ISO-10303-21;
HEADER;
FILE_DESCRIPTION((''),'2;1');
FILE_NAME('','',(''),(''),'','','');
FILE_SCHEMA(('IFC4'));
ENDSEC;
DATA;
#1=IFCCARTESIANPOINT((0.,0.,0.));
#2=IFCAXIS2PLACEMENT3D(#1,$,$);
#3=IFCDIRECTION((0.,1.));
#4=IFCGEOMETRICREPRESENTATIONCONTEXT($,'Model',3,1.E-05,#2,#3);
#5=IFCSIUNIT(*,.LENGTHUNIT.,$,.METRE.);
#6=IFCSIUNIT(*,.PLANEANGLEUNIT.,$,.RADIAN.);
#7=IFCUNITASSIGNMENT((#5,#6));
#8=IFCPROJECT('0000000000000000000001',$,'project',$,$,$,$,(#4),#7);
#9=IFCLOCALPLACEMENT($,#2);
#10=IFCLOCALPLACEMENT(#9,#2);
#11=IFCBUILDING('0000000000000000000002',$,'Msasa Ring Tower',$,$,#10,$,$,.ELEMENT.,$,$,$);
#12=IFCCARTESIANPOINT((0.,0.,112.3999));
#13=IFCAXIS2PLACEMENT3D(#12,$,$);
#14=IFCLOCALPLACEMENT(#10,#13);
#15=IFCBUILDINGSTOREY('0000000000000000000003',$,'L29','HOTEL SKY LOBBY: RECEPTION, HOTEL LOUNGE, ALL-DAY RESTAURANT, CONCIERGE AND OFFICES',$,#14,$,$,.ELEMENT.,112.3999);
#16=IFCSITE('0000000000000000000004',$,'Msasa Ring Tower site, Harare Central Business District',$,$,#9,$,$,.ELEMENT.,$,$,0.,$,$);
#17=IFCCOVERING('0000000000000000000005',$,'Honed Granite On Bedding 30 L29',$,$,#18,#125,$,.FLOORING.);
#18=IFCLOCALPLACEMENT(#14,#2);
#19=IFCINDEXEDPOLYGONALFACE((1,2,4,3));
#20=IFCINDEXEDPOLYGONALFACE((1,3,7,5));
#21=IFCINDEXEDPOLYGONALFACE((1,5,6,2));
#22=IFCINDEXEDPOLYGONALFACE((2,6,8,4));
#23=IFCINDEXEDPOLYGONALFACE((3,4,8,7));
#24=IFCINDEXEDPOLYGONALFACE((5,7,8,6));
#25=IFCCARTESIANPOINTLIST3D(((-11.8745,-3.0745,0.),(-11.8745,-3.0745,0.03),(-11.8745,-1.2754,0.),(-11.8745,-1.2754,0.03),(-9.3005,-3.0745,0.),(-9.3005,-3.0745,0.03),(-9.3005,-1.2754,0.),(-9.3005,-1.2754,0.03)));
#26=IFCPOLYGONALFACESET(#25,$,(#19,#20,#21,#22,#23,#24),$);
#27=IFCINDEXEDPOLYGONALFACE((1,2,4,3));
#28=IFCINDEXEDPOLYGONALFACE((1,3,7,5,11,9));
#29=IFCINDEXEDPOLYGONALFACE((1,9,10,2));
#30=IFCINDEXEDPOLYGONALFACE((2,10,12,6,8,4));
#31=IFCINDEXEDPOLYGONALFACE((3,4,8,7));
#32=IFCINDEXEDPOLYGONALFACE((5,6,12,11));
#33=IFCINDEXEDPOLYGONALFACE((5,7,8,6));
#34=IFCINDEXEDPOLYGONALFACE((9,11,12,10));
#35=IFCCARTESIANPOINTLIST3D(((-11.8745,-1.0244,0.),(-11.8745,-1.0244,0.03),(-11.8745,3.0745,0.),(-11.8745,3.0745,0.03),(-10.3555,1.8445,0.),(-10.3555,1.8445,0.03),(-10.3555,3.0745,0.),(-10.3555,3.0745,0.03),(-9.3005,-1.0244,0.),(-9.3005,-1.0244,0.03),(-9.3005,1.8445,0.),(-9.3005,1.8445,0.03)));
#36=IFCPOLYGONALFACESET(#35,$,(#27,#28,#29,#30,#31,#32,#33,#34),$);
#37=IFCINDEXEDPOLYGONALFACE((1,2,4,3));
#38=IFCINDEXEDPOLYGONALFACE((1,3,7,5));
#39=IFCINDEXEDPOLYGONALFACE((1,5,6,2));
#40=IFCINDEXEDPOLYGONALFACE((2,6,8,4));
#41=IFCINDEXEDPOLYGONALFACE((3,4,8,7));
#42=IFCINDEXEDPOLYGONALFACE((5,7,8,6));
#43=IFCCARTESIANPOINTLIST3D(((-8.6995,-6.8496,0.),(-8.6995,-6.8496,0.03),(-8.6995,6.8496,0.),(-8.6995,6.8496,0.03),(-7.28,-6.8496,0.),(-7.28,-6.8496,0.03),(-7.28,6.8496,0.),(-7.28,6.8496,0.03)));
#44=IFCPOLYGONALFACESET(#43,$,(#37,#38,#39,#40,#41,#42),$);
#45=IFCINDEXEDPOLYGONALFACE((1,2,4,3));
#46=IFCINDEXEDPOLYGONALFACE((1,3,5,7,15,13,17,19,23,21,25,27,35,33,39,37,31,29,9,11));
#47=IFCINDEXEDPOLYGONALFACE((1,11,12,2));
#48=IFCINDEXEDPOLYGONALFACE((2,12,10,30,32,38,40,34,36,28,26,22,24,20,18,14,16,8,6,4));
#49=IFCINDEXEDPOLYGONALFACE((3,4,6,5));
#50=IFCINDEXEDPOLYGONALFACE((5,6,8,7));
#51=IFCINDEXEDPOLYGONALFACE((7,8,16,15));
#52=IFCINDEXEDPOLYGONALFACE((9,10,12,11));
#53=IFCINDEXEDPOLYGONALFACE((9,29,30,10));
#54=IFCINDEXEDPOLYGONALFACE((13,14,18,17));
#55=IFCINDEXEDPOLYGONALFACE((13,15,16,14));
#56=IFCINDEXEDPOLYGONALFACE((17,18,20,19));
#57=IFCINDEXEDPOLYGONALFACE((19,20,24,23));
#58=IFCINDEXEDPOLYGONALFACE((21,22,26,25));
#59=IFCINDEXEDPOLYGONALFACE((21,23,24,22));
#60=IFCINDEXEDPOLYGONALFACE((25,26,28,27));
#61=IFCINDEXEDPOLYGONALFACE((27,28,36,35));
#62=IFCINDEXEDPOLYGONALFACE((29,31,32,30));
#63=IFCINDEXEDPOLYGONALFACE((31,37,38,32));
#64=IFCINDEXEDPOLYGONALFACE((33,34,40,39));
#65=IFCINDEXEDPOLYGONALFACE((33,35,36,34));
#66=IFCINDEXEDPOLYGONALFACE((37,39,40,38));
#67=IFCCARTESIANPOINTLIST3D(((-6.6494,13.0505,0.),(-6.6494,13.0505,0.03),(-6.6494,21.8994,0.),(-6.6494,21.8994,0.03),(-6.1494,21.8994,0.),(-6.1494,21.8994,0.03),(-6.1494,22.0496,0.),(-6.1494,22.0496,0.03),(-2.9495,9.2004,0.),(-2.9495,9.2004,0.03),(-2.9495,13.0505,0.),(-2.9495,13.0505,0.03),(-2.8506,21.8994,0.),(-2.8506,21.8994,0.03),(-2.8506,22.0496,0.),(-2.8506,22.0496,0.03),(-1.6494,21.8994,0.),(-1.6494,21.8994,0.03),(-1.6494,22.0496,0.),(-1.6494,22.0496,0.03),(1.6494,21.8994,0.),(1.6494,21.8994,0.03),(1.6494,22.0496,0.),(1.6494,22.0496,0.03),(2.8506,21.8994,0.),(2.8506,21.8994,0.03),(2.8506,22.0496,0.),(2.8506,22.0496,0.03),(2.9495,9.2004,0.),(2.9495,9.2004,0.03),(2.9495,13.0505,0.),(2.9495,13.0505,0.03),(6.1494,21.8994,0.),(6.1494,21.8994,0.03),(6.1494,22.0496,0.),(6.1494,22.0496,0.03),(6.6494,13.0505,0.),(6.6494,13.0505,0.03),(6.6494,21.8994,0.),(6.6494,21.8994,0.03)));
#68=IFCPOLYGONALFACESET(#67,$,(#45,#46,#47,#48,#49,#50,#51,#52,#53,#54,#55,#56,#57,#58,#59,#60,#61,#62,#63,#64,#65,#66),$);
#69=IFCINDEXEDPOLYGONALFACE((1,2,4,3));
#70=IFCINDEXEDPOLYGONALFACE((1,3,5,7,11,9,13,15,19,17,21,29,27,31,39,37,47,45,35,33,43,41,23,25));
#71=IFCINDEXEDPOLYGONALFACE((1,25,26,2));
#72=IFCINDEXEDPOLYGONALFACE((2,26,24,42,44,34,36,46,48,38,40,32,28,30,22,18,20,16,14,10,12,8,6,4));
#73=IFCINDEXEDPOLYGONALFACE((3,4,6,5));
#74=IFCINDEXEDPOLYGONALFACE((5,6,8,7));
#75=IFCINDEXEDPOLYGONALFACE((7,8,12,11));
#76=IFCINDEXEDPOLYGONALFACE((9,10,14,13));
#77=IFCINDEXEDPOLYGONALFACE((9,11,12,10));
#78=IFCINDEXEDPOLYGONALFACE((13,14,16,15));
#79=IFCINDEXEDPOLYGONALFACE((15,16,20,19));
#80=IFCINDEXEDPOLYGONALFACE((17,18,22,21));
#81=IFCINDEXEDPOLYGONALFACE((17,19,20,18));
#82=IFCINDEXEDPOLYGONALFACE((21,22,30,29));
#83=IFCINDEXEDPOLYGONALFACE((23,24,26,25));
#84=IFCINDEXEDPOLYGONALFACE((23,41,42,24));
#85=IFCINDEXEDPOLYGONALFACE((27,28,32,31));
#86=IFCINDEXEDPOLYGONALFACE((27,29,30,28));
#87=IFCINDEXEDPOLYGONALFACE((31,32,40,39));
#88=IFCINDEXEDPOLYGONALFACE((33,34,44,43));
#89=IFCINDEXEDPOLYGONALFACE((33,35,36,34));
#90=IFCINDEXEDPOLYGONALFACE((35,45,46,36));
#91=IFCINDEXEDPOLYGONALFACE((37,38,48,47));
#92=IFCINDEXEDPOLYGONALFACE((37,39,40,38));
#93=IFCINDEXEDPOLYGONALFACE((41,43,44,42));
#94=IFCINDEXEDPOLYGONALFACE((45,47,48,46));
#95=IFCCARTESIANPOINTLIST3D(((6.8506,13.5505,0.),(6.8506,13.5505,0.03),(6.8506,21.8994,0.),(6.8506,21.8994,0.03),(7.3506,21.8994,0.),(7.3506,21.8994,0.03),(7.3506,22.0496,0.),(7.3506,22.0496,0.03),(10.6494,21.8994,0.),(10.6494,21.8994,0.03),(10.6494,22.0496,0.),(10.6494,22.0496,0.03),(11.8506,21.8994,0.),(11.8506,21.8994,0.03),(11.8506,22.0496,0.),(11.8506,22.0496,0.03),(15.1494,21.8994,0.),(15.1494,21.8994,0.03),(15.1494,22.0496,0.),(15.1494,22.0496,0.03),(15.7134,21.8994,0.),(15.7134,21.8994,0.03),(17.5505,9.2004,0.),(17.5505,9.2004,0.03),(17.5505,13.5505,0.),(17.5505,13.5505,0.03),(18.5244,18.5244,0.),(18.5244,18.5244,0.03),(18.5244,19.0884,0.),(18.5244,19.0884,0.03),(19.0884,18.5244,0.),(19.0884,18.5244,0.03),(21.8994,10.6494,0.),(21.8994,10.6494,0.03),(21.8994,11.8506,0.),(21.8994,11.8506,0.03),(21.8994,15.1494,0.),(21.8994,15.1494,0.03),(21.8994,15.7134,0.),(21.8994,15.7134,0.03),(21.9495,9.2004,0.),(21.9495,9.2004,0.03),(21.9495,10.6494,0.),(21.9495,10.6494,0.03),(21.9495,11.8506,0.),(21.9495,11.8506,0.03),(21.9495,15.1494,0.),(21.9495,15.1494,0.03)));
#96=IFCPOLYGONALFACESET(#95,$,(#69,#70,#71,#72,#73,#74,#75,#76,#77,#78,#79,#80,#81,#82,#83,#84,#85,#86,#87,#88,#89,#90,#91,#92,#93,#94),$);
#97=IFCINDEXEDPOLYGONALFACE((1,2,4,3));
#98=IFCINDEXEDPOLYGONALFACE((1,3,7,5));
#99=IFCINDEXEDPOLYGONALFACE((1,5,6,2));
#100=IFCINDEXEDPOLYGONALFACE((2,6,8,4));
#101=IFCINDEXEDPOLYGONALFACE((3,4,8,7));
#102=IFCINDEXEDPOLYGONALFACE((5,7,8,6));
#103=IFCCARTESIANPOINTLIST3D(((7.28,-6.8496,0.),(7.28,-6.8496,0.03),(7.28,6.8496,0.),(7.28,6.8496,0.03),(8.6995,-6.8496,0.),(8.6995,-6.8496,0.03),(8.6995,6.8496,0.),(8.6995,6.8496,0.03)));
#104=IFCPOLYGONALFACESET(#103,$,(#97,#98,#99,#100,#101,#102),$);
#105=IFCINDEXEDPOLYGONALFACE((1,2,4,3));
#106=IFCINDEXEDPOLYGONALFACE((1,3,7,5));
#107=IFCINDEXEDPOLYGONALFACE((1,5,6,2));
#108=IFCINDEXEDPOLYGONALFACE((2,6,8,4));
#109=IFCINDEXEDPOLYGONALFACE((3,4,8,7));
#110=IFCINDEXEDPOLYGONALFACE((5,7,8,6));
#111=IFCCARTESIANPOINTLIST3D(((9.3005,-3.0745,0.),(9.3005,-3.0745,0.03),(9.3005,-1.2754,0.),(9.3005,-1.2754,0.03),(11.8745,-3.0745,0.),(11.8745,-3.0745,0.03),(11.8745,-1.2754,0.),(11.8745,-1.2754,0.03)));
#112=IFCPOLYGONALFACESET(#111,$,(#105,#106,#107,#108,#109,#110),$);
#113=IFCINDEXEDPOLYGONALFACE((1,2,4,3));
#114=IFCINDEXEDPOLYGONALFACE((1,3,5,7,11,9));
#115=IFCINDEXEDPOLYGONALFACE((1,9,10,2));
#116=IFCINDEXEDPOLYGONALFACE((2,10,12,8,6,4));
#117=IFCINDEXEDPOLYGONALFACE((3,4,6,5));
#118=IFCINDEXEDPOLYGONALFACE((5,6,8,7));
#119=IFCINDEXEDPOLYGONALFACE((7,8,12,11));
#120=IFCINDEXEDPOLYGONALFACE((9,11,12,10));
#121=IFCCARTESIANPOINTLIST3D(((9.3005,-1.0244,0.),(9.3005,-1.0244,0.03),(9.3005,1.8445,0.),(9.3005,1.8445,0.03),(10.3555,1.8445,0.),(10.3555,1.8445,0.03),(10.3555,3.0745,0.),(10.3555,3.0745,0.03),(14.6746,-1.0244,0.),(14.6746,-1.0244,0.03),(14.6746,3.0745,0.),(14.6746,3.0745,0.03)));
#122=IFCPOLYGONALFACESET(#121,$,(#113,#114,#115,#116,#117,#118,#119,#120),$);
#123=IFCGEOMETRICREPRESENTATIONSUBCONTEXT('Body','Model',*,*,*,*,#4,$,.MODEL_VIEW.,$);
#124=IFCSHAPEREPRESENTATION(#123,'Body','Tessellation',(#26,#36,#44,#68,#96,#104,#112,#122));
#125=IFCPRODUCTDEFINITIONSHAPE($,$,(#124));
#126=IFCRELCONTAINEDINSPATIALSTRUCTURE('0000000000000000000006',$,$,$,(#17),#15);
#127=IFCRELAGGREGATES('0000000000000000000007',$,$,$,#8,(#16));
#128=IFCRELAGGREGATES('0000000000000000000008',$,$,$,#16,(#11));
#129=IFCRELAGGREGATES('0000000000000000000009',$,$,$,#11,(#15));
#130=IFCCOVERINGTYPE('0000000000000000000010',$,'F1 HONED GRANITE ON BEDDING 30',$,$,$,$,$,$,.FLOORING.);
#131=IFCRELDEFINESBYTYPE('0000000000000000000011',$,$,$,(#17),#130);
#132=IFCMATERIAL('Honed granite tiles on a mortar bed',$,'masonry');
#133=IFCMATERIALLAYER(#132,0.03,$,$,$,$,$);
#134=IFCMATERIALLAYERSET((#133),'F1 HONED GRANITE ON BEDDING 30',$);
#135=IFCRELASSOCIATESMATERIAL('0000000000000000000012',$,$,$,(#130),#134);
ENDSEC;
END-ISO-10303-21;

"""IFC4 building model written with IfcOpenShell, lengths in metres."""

from ifc_helpers import new_model, si_unit, direction, frame, origin, place, context, subcontext, project, spatial, line, indexed_curve, outline, extrude, material, layer, layer_set, type_object, element, save


model = new_model("IFC4")

# Units and contexts
model_context = context("Model", 3, precision=1e-05, world=origin(), true_north=direction((0.0, 1.0)))
body_context = subcontext(model_context, "Body", "Model", "MODEL_VIEW")
ifc_project = project(units=[si_unit("LENGTHUNIT", "METRE"), si_unit("PLANEANGLEUNIT", "RADIAN")], contexts=[model_context])

# Site, building, storey
site_placement = place(None, origin())
site = spatial("IfcSite", under=ifc_project, at=site_placement, Name="Msasa Ring Tower site, Harare Central Business District", CompositionType="ELEMENT", RefElevation=0.0)
building_placement = place(site_placement, origin())
building = spatial("IfcBuilding", under=site, at=building_placement, Name="Msasa Ring Tower", CompositionType="ELEMENT")
storey_placement = place(building_placement, frame((0.0, 0.0, 112.3999)))
storey = spatial("IfcBuildingStorey", under=building, at=storey_placement, Name="L29", Description="HOTEL SKY LOBBY: RECEPTION, HOTEL LOUNGE, ALL-DAY RESTAURANT, CONCIERGE AND OFFICES", CompositionType="ELEMENT", Elevation=112.3999)

# Covering
ifc_material_1 = material(Name="Honed granite tiles on a mortar bed", Category="masonry")
ifc_layer_1 = layer(ifc_material_1, 0.03)
ifc_layer_set_1 = layer_set([ifc_layer_1], Name="F1 HONED GRANITE ON BEDDING 30")
covering_type = type_object("IfcCoveringType", Name="F1 HONED GRANITE ON BEDDING 30", PredefinedType="FLOORING", material=ifc_layer_set_1)
covering_placement = place(storey_placement, origin())
element("IfcCovering", 1, at=covering_placement, inside=storey, type_object=covering_type, Name="Honed Granite On Bedding 30 L29", PredefinedType="FLOORING", context=body_context, shape_type="SweptSolid", body=[
    extrude(outline(indexed_curve([(-11.8745, -1.2754), (-9.3005, -1.2754), (-9.3005, -3.0745), (-11.8745, -3.0745)], segments=[line(1, 2, 3, 4, 1)], self_intersect=False)), origin(), (0.0, 0.0, 1.0), 0.03),
    extrude(outline(indexed_curve([(-9.3005, -1.0244), (-11.8745, -1.0244), (-11.8745, 3.0745), (-10.3555, 3.0745), (-10.3555, 1.8445), (-9.3005, 1.8445)], segments=[line(1, 2, 3, 4, 5, 6, 1)], self_intersect=False)), origin(), (0.0, 0.0, 1.0), 0.03),
    extrude(outline(indexed_curve([(-8.6995, 6.8496), (-7.28, 6.8496), (-7.28, -6.8496), (-8.6995, -6.8496)], segments=[line(1, 2, 3, 4, 1)], self_intersect=False)), origin(), (0.0, 0.0, 1.0), 0.03),
    extrude(outline(indexed_curve([(-6.6494, 13.0505), (-6.6494, 21.8994), (-6.1494, 21.8994), (-6.1494, 22.0496), (-2.8506, 22.0496), (-2.8506, 21.8994), (-1.6494, 21.8994), (-1.6494, 22.0496), (1.6494, 22.0496), (1.6494, 21.8994), (2.8506, 21.8994), (2.8506, 22.0496), (6.1494, 22.0496), (6.1494, 21.8994), (6.6494, 21.8994), (6.6494, 13.0505), (2.9495, 13.0505), (2.9495, 9.2004), (-2.9495, 9.2004), (-2.9495, 13.0505)], segments=[line(1, 2, 3, 4, 5, 6, 7, 8, 9, 10, 11, 12, 13, 14, 15, 16, 17, 18, 19, 20, 1)], self_intersect=False)), origin(), (0.0, 0.0, 1.0), 0.03),
    extrude(outline(indexed_curve([(10.6494, 22.0496), (10.6494, 21.8994), (11.8506, 21.8994), (11.8506, 22.0496), (15.1494, 22.0496), (15.1494, 21.8994), (15.7134, 21.8994), (18.5244, 19.0884), (18.5244, 18.5244), (19.0884, 18.5244), (21.8994, 15.7134), (21.8994, 15.1494), (21.9495, 15.1494), (21.9495, 11.8506), (21.8994, 11.8506), (21.8994, 10.6494), (21.9495, 10.6494), (21.9495, 9.2004), (17.5505, 9.2004), (17.5505, 13.5505), (6.8506, 13.5505), (6.8506, 21.8994), (7.3506, 21.8994), (7.3506, 22.0496)], segments=[line(1, 2, 3, 4, 5, 6, 7, 8, 9, 10, 11, 12, 13, 14, 15, 16, 17, 18, 19, 20, 21, 22, 23, 24, 1)], self_intersect=False)), origin(), (0.0, 0.0, 1.0), 0.03),
    extrude(outline(indexed_curve([(8.6995, 6.8496), (8.6995, -6.8496), (7.28, -6.8496), (7.28, 6.8496)], segments=[line(1, 2, 3, 4, 1)], self_intersect=False)), origin(), (0.0, 0.0, 1.0), 0.03),
    extrude(outline(indexed_curve([(9.3005, -1.2754), (11.8745, -1.2754), (11.8745, -3.0745), (9.3005, -3.0745)], segments=[line(1, 2, 3, 4, 1)], self_intersect=False)), origin(), (0.0, 0.0, 1.0), 0.03),
    extrude(outline(indexed_curve([(14.6746, 3.0745), (14.6746, -1.0244), (9.3005, -1.0244), (9.3005, 1.8445), (10.3555, 1.8445), (10.3555, 3.0745)], segments=[line(1, 2, 3, 4, 5, 6, 1)], self_intersect=False)), origin(), (0.0, 0.0, 1.0), 0.03),
])

save(model, "model.ifc")
